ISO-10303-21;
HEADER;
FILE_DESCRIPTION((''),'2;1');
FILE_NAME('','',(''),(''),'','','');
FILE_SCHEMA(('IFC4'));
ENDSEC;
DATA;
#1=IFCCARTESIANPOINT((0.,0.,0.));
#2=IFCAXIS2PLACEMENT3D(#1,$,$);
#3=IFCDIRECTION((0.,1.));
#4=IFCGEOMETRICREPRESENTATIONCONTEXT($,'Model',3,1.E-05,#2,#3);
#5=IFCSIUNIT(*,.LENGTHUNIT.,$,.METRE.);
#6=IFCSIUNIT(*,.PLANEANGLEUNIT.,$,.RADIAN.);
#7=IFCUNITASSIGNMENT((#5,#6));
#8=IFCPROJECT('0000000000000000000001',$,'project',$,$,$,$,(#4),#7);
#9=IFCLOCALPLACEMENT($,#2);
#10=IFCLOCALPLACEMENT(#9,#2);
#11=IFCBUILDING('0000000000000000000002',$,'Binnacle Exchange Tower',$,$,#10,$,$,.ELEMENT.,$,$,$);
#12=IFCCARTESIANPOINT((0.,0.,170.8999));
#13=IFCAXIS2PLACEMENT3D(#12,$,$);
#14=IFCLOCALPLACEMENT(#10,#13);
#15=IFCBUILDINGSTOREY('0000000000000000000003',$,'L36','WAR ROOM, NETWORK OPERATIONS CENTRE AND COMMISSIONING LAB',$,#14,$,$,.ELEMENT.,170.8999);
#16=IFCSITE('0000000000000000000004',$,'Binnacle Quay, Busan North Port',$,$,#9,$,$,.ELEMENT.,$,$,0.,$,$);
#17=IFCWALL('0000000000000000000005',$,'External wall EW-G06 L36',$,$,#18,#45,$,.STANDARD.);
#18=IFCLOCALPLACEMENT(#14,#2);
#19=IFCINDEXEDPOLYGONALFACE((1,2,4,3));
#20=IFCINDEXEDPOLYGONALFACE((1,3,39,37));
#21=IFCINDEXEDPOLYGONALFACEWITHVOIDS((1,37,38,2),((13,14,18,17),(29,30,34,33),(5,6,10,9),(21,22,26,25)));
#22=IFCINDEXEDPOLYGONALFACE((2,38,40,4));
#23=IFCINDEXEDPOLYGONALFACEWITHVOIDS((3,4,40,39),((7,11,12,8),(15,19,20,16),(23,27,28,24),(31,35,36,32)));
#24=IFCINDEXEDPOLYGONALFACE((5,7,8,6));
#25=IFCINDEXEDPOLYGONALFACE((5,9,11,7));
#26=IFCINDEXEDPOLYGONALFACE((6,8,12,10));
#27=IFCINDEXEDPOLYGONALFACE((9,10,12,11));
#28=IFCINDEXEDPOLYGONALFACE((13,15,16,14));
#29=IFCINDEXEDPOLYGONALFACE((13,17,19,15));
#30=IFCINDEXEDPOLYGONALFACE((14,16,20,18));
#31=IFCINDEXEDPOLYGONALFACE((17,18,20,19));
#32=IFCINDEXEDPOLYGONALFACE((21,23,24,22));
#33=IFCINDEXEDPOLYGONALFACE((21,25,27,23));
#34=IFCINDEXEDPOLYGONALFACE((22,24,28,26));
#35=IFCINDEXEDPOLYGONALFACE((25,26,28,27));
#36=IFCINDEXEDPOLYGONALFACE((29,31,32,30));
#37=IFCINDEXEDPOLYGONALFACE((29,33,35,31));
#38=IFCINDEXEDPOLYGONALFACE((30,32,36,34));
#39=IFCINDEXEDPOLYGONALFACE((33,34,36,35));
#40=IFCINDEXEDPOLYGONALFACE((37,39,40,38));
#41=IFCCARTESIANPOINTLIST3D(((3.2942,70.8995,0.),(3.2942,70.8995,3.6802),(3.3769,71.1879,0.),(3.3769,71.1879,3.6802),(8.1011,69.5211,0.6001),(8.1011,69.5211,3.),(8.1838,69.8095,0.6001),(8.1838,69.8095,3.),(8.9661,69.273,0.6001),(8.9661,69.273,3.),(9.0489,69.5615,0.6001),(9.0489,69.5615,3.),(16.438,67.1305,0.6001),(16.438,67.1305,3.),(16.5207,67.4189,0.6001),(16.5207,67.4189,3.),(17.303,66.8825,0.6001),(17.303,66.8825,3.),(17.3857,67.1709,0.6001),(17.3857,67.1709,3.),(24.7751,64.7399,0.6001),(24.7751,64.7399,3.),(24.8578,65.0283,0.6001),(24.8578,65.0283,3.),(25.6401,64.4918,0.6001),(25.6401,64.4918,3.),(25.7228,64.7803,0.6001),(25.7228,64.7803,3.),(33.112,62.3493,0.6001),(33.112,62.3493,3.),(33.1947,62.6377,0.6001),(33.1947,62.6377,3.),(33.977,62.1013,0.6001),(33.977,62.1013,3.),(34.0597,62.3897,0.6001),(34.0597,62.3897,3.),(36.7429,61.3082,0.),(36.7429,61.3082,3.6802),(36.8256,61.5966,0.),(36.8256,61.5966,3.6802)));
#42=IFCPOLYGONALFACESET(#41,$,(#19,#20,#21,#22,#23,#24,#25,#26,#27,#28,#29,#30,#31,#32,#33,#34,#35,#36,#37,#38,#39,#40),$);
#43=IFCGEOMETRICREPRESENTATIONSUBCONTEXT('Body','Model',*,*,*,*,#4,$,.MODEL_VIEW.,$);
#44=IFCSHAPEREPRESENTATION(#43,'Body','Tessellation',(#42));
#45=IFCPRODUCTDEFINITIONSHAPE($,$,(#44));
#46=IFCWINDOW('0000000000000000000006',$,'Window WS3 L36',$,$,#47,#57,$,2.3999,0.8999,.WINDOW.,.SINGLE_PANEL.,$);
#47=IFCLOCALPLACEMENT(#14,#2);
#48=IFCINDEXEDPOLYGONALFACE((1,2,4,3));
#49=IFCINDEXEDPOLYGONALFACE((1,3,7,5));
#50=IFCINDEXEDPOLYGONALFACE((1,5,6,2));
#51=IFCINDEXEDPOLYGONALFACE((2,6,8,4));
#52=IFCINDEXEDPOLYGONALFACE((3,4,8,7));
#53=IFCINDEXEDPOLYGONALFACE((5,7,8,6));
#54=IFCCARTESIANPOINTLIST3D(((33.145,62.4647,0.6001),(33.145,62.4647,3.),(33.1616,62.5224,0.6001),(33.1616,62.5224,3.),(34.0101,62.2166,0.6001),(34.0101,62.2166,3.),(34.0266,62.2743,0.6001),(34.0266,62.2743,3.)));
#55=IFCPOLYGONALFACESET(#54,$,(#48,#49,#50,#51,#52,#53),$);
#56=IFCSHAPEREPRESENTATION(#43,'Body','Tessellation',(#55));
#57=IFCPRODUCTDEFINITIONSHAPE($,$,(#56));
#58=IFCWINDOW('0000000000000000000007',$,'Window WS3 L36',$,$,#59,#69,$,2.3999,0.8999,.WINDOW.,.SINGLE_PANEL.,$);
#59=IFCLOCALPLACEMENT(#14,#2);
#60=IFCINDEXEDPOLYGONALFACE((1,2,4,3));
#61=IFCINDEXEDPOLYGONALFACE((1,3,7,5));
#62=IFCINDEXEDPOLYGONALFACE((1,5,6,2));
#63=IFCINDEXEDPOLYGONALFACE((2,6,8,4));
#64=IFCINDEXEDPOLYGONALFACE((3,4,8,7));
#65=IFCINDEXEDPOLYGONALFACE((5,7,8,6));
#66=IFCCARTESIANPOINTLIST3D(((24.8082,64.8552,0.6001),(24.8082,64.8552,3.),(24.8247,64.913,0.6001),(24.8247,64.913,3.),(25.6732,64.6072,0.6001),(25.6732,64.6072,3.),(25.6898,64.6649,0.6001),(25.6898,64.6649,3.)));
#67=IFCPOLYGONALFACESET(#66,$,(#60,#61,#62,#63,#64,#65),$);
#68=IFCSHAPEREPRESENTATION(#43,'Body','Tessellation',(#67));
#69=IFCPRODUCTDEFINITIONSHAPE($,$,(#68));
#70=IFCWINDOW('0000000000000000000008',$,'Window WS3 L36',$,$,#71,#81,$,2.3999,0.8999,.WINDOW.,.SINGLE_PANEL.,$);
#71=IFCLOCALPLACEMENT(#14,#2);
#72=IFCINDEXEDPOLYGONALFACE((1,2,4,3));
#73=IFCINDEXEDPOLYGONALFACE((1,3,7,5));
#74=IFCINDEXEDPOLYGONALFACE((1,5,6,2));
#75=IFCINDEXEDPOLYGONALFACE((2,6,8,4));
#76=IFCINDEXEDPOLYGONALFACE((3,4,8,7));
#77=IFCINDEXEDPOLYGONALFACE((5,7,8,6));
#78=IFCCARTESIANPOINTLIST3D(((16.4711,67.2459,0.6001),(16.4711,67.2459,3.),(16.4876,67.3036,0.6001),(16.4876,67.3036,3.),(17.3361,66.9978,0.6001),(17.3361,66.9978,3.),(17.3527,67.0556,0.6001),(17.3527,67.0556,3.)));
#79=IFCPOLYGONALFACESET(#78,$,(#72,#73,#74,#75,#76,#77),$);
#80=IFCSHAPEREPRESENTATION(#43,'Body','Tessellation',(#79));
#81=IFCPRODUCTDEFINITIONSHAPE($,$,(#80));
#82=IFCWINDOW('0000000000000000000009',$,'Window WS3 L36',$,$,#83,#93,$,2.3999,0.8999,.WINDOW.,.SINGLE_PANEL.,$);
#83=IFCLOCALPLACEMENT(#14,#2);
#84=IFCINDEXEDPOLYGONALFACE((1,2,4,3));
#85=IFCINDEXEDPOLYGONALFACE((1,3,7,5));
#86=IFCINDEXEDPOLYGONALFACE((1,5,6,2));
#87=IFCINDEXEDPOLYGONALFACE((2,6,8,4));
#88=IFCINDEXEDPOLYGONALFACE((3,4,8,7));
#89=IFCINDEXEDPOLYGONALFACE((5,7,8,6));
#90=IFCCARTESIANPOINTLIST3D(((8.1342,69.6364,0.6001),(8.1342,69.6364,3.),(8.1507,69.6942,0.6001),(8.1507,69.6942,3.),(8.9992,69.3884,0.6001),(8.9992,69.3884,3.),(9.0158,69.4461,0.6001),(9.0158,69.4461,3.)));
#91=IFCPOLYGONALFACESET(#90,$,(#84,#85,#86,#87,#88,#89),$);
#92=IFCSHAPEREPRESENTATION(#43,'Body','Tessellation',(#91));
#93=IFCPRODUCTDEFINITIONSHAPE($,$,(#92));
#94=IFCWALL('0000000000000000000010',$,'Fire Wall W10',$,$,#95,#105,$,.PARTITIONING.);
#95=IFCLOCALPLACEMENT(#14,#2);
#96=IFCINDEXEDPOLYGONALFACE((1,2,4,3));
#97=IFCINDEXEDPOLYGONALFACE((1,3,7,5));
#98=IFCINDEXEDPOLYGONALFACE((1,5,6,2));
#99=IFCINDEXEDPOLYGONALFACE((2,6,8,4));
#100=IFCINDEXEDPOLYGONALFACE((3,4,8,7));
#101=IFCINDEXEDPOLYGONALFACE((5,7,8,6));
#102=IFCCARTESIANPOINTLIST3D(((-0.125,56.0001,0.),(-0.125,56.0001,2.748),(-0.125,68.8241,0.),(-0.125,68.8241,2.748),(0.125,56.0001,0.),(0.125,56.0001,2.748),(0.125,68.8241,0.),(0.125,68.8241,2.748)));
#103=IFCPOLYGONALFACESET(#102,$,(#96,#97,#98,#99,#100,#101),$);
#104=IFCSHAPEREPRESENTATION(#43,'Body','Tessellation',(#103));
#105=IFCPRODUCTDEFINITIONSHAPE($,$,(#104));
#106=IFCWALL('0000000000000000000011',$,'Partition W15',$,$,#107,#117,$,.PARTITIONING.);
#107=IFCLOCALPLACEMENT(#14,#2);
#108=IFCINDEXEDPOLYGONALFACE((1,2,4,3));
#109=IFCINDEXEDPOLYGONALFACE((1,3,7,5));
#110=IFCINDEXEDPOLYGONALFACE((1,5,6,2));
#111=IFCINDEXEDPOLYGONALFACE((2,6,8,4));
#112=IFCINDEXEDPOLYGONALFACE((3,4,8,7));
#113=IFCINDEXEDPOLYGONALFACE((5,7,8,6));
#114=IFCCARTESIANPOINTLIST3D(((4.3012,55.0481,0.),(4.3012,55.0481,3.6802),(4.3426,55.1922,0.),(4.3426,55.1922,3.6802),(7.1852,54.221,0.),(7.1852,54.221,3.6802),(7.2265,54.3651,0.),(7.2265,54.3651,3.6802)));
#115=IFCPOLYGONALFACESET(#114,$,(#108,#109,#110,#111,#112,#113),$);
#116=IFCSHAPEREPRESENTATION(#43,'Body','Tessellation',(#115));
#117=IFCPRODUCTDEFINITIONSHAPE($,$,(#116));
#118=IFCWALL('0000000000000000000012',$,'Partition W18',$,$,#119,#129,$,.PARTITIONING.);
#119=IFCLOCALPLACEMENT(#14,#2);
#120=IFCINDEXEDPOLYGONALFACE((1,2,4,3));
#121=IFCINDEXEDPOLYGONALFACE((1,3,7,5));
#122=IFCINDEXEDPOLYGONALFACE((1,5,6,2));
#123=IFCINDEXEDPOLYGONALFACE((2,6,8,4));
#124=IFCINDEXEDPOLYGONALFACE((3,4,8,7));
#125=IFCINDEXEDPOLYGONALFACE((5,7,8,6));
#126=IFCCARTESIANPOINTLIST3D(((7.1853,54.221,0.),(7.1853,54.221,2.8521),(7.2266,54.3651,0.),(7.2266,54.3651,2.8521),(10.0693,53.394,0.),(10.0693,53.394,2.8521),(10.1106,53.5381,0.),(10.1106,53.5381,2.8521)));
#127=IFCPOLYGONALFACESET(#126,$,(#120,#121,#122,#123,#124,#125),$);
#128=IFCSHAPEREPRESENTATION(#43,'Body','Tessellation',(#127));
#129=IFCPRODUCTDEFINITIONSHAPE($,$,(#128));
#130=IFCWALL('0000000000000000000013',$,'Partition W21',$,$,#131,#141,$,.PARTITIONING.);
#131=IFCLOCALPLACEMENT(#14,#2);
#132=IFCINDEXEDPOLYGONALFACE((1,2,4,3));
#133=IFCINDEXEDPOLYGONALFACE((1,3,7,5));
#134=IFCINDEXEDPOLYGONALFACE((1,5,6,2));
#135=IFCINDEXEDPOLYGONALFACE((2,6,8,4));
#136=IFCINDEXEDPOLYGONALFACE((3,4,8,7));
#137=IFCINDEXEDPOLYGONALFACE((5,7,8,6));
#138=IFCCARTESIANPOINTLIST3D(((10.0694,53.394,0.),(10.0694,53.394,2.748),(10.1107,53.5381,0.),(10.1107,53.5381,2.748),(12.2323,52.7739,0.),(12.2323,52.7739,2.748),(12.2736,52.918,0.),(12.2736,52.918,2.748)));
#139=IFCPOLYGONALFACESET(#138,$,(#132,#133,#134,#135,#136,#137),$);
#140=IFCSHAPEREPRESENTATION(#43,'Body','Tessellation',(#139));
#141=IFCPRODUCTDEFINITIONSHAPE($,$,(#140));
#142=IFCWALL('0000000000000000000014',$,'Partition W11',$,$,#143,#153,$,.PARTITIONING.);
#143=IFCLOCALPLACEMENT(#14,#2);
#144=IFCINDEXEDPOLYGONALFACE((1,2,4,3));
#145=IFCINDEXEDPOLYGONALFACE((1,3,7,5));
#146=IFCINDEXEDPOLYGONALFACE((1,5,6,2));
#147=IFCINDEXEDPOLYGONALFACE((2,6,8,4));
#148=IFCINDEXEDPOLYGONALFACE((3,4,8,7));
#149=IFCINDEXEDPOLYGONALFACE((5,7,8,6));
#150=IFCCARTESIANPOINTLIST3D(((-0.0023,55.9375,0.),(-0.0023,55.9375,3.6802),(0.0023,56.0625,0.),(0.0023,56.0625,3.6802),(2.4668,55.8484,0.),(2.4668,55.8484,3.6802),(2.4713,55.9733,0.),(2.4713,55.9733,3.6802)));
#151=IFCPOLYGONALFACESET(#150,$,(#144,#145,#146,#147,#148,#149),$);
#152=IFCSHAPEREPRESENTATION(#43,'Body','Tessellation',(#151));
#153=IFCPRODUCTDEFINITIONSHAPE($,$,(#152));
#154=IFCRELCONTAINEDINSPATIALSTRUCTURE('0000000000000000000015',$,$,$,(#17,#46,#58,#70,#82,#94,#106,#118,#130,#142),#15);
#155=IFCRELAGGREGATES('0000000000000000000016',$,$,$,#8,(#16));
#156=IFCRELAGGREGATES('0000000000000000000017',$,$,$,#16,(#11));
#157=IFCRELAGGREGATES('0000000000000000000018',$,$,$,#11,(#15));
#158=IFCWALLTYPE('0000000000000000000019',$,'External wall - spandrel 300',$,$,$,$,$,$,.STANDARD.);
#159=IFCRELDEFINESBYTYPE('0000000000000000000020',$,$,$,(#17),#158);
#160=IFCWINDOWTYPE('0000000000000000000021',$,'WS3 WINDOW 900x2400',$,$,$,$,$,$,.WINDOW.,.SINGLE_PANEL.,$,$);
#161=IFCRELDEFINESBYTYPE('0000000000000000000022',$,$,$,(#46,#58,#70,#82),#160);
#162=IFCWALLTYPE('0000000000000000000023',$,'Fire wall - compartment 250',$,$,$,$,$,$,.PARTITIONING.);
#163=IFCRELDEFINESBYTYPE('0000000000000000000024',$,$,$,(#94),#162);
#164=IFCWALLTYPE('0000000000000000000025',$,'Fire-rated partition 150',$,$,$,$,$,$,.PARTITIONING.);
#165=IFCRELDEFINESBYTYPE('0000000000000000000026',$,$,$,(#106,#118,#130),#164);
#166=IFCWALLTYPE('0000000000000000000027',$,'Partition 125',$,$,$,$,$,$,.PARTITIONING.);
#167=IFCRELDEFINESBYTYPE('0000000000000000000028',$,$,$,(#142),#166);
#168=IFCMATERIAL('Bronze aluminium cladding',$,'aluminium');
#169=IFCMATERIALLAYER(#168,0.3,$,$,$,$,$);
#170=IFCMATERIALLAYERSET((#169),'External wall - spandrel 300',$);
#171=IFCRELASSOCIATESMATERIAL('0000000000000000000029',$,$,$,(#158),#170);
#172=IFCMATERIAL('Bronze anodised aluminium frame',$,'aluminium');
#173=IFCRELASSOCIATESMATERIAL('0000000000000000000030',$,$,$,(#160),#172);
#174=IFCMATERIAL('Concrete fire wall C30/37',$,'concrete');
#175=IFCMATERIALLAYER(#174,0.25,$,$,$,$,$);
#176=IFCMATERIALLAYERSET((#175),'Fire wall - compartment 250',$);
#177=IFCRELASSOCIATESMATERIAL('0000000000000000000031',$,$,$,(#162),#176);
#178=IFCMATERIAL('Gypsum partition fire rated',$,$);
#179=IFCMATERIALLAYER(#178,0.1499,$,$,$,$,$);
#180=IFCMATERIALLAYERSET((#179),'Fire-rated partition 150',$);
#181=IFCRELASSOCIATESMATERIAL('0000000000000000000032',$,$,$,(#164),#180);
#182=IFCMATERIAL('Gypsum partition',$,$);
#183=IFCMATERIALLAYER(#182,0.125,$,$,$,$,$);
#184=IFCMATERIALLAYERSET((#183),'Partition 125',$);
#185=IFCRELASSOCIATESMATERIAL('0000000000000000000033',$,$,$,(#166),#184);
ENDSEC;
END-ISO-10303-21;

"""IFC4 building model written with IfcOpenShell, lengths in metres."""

from ifc_helpers import new_model, si_unit, direction, frame, frame_2d, origin, place, context, subcontext, project, spatial, rectangle, extrude, material, layer, layer_set, type_object, element, fill, save


model = new_model("IFC4")

# Units and contexts
model_context = context("Model", 3, precision=1e-05, world=origin(), true_north=direction((0.0, 1.0)))
body_context = subcontext(model_context, "Body", "Model", "MODEL_VIEW")
ifc_project = project(units=[si_unit("LENGTHUNIT", "METRE"), si_unit("PLANEANGLEUNIT", "RADIAN")], contexts=[model_context])

# Site, building, storey
site_placement = place(None, origin())
site = spatial("IfcSite", under=ifc_project, at=site_placement, Name="Binnacle Quay, Busan North Port", CompositionType="ELEMENT", RefElevation=0.0)
building_placement = place(site_placement, origin())
building = spatial("IfcBuilding", under=site, at=building_placement, Name="Binnacle Exchange Tower", CompositionType="ELEMENT")
storey_placement = place(building_placement, frame((0.0, 0.0, 170.8999)))
storey = spatial("IfcBuildingStorey", under=building, at=storey_placement, Name="L36", Description="WAR ROOM, NETWORK OPERATIONS CENTRE AND COMMISSIONING LAB", CompositionType="ELEMENT", Elevation=170.8999)

# Wall, openings, windows
ifc_material_1 = material(Name="Bronze aluminium cladding", Category="aluminium")
ifc_layer_1 = layer(ifc_material_1, 0.3)
ifc_layer_set_1 = layer_set([ifc_layer_1], Name="External wall - spandrel 300")
wall_type_1 = type_object("IfcWallType", Name="External wall - spandrel 300", PredefinedType="STANDARD", material=ifc_layer_set_1)
wall_1_placement = place(storey_placement, frame((3.3354, 71.0437, 0.0), z_axis=(0.0, 0.0, 1.0), x_axis=(0.961261, -0.275638, 0.0)))
wall_1 = element("IfcWall", 1, at=wall_1_placement, inside=storey, type_object=wall_type_1, Name="External wall EW-G06 L36", PredefinedType="STANDARD", context=body_context, shape_type="SweptSolid", body=[
    extrude(rectangle(XDim=34.7966, YDim=0.3, at=frame_2d((17.3984, 0.0))), origin(), (0.0, 0.0, 1.0), 3.6802),
])
opening_1_placement = place(wall_1_placement, frame((31.0195, 0.0, 0.6001)))
opening_1 = element("IfcOpeningElement", 2, at=opening_1_placement, cuts=wall_1, PredefinedType="OPENING", context=body_context, shape_type="SweptSolid", body=[
    extrude(rectangle(XDim=0.8999, YDim=2.3999, at=frame_2d((0.45, 1.2))), frame((0.0, 0.1599, 0.0), z_axis=(0.0, -1.0, 0.0), x_axis=(1.0, 0.0, 0.0)), (0.0, 0.0, 1.0), 0.3201),
])
opening_2_placement = place(wall_1_placement, frame((22.3467, 0.0, 0.6001)))
opening_2 = element("IfcOpeningElement", 3, at=opening_2_placement, cuts=wall_1, PredefinedType="OPENING", context=body_context, shape_type="SweptSolid", body=[
    extrude(rectangle(XDim=0.8999, YDim=2.3999, at=frame_2d((0.45, 1.2))), frame((0.0, 0.1599, 0.0), z_axis=(0.0, -1.0, 0.0), x_axis=(1.0, 0.0, 0.0)), (0.0, 0.0, 1.0), 0.3201),
])
opening_3_placement = place(wall_1_placement, frame((13.6736, 0.0, 0.6001)))
opening_3 = element("IfcOpeningElement", 4, at=opening_3_placement, cuts=wall_1, PredefinedType="OPENING", context=body_context, shape_type="SweptSolid", body=[
    extrude(rectangle(XDim=0.8999, YDim=2.3999, at=frame_2d((0.45, 1.2))), frame((0.0, 0.1599, 0.0), z_axis=(0.0, -1.0, 0.0), x_axis=(1.0, 0.0, 0.0)), (0.0, 0.0, 1.0), 0.3201),
])
opening_4_placement = place(wall_1_placement, frame((5.0007, 0.0, 0.6001)))
opening_4 = element("IfcOpeningElement", 5, at=opening_4_placement, cuts=wall_1, PredefinedType="OPENING", context=body_context, shape_type="SweptSolid", body=[
    extrude(rectangle(XDim=0.8999, YDim=2.3999, at=frame_2d((0.45, 1.2))), frame((0.0, 0.1599, 0.0), z_axis=(0.0, -1.0, 0.0), x_axis=(1.0, 0.0, 0.0)), (0.0, 0.0, 1.0), 0.3201),
])
ifc_material_2 = material(Name="Bronze anodised aluminium frame", Category="aluminium")
window_type = type_object("IfcWindowType", Name="WS3 WINDOW 900x2400", PartitioningType="SINGLE_PANEL", PredefinedType="WINDOW", material=ifc_material_2)
window_1_placement = place(opening_1_placement, origin())
window_1 = element("IfcWindow", 6, at=window_1_placement, inside=storey, type_object=window_type, Name="Window WS3 L36", OverallHeight=2.3999, OverallWidth=0.8999, PartitioningType="SINGLE_PANEL", PredefinedType="WINDOW", context=body_context, shape_type="SweptSolid", body=[
    extrude(rectangle(XDim=0.8999, YDim=2.3999, at=frame_2d((0.45, 1.2))), frame((0.0, 0.03, 0.0), z_axis=(0.0, -1.0, 0.0), x_axis=(1.0, 0.0, 0.0)), (0.0, 0.0, 1.0), 0.0601),
])
fill(opening_1, window_1)
window_2_placement = place(opening_2_placement, origin())
window_2 = element("IfcWindow", 7, at=window_2_placement, inside=storey, type_object=window_type, Name="Window WS3 L36", OverallHeight=2.3999, OverallWidth=0.8999, PartitioningType="SINGLE_PANEL", PredefinedType="WINDOW", context=body_context, shape_type="SweptSolid", body=[
    extrude(rectangle(XDim=0.8999, YDim=2.3999, at=frame_2d((0.45, 1.2))), frame((0.0, 0.03, 0.0), z_axis=(0.0, -1.0, 0.0), x_axis=(1.0, 0.0, 0.0)), (0.0, 0.0, 1.0), 0.0601),
])
fill(opening_2, window_2)
window_3_placement = place(opening_3_placement, origin())
window_3 = element("IfcWindow", 8, at=window_3_placement, inside=storey, type_object=window_type, Name="Window WS3 L36", OverallHeight=2.3999, OverallWidth=0.8999, PartitioningType="SINGLE_PANEL", PredefinedType="WINDOW", context=body_context, shape_type="SweptSolid", body=[
    extrude(rectangle(XDim=0.8999, YDim=2.3999, at=frame_2d((0.45, 1.2))), frame((0.0, 0.03, 0.0), z_axis=(0.0, -1.0, 0.0), x_axis=(1.0, 0.0, 0.0)), (0.0, 0.0, 1.0), 0.0601),
])
fill(opening_3, window_3)
window_4_placement = place(opening_4_placement, origin())
window_4 = element("IfcWindow", 9, at=window_4_placement, inside=storey, type_object=window_type, Name="Window WS3 L36", OverallHeight=2.3999, OverallWidth=0.8999, PartitioningType="SINGLE_PANEL", PredefinedType="WINDOW", context=body_context, shape_type="SweptSolid", body=[
    extrude(rectangle(XDim=0.8999, YDim=2.3999, at=frame_2d((0.45, 1.2))), frame((0.0, 0.03, 0.0), z_axis=(0.0, -1.0, 0.0), x_axis=(1.0, 0.0, 0.0)), (0.0, 0.0, 1.0), 0.0601),
])
fill(opening_4, window_4)

# Walls
ifc_material_3 = material(Name="Concrete fire wall C30/37", Category="concrete")
ifc_layer_2 = layer(ifc_material_3, 0.25)
ifc_layer_set_2 = layer_set([ifc_layer_2], Name="Fire wall - compartment 250")
wall_type_2 = type_object("IfcWallType", Name="Fire wall - compartment 250", PredefinedType="PARTITIONING", material=ifc_layer_set_2)
wall_2_placement = place(storey_placement, frame((0.0, 56.0, 0.0), z_axis=(0.0, 0.0, 1.0), x_axis=(0.0, 1.0, 0.0)))
element("IfcWall", 10, at=wall_2_placement, inside=storey, type_object=wall_type_2, Name="Fire Wall W10", PredefinedType="PARTITIONING", context=body_context, shape_type="SweptSolid", body=[
    extrude(rectangle(XDim=12.824, YDim=0.25, at=frame_2d((6.4121, 0.0))), origin(), (0.0, 0.0, 1.0), 2.748),
])
ifc_material_4 = material(Name="Gypsum partition fire rated")
ifc_layer_3 = layer(ifc_material_4, 0.1499)
ifc_layer_set_3 = layer_set([ifc_layer_3], Name="Fire-rated partition 150")
wall_type_3 = type_object("IfcWallType", Name="Fire-rated partition 150", PredefinedType="PARTITIONING", material=ifc_layer_set_3)
wall_3_placement = place(storey_placement, frame((4.322, 55.1201, 0.0), z_axis=(0.0, 0.0, 1.0), x_axis=(0.961247, -0.275688, 0.0)))
element("IfcWall", 11, at=wall_3_placement, inside=storey, type_object=wall_type_3, Name="Partition W15", PredefinedType="PARTITIONING", context=body_context, shape_type="SweptSolid", body=[
    extrude(rectangle(XDim=3.0002, YDim=0.1499, at=frame_2d((1.5, 0.0))), origin(), (0.0, 0.0, 1.0), 3.6802),
])
wall_4_placement = place(storey_placement, frame((7.2061, 54.293, 0.0), z_axis=(0.0, 0.0, 1.0), x_axis=(0.961269, -0.275613, 0.0)))
element("IfcWall", 12, at=wall_4_placement, inside=storey, type_object=wall_type_3, Name="Partition W18", PredefinedType="PARTITIONING", context=body_context, shape_type="SweptSolid", body=[
    extrude(rectangle(XDim=3.0002, YDim=0.1499, at=frame_2d((1.5, 0.0))), origin(), (0.0, 0.0, 1.0), 2.8521),
])
wall_5_placement = place(storey_placement, frame((10.0901, 53.4661, 0.0), z_axis=(0.0, 0.0, 1.0), x_axis=(0.96127, -0.27561, 0.0)))
element("IfcWall", 13, at=wall_5_placement, inside=storey, type_object=wall_type_3, Name="Partition W21", PredefinedType="PARTITIONING", context=body_context, shape_type="SweptSolid", body=[
    extrude(rectangle(XDim=2.25, YDim=0.1499, at=frame_2d((1.125, 0.0))), origin(), (0.0, 0.0, 1.0), 2.748),
])
ifc_material_5 = material(Name="Gypsum partition")
ifc_layer_4 = layer(ifc_material_5, 0.125)
ifc_layer_set_4 = layer_set([ifc_layer_4], Name="Partition 125")
wall_type_4 = type_object("IfcWallType", Name="Partition 125", PredefinedType="PARTITIONING", material=ifc_layer_set_4)
wall_6_placement = place(storey_placement, frame((0.0, 56.0, 0.0), z_axis=(0.0, 0.0, 1.0), x_axis=(0.999349, -0.036069, 0.0)))
element("IfcWall", 14, at=wall_6_placement, inside=storey, type_object=wall_type_4, Name="Partition W11", PredefinedType="PARTITIONING", context=body_context, shape_type="SweptSolid", body=[
    extrude(rectangle(XDim=2.4707, YDim=0.125, at=frame_2d((1.2354, 0.0))), origin(), (0.0, 0.0, 1.0), 3.6802),
])

save(model, "model.ifc")
